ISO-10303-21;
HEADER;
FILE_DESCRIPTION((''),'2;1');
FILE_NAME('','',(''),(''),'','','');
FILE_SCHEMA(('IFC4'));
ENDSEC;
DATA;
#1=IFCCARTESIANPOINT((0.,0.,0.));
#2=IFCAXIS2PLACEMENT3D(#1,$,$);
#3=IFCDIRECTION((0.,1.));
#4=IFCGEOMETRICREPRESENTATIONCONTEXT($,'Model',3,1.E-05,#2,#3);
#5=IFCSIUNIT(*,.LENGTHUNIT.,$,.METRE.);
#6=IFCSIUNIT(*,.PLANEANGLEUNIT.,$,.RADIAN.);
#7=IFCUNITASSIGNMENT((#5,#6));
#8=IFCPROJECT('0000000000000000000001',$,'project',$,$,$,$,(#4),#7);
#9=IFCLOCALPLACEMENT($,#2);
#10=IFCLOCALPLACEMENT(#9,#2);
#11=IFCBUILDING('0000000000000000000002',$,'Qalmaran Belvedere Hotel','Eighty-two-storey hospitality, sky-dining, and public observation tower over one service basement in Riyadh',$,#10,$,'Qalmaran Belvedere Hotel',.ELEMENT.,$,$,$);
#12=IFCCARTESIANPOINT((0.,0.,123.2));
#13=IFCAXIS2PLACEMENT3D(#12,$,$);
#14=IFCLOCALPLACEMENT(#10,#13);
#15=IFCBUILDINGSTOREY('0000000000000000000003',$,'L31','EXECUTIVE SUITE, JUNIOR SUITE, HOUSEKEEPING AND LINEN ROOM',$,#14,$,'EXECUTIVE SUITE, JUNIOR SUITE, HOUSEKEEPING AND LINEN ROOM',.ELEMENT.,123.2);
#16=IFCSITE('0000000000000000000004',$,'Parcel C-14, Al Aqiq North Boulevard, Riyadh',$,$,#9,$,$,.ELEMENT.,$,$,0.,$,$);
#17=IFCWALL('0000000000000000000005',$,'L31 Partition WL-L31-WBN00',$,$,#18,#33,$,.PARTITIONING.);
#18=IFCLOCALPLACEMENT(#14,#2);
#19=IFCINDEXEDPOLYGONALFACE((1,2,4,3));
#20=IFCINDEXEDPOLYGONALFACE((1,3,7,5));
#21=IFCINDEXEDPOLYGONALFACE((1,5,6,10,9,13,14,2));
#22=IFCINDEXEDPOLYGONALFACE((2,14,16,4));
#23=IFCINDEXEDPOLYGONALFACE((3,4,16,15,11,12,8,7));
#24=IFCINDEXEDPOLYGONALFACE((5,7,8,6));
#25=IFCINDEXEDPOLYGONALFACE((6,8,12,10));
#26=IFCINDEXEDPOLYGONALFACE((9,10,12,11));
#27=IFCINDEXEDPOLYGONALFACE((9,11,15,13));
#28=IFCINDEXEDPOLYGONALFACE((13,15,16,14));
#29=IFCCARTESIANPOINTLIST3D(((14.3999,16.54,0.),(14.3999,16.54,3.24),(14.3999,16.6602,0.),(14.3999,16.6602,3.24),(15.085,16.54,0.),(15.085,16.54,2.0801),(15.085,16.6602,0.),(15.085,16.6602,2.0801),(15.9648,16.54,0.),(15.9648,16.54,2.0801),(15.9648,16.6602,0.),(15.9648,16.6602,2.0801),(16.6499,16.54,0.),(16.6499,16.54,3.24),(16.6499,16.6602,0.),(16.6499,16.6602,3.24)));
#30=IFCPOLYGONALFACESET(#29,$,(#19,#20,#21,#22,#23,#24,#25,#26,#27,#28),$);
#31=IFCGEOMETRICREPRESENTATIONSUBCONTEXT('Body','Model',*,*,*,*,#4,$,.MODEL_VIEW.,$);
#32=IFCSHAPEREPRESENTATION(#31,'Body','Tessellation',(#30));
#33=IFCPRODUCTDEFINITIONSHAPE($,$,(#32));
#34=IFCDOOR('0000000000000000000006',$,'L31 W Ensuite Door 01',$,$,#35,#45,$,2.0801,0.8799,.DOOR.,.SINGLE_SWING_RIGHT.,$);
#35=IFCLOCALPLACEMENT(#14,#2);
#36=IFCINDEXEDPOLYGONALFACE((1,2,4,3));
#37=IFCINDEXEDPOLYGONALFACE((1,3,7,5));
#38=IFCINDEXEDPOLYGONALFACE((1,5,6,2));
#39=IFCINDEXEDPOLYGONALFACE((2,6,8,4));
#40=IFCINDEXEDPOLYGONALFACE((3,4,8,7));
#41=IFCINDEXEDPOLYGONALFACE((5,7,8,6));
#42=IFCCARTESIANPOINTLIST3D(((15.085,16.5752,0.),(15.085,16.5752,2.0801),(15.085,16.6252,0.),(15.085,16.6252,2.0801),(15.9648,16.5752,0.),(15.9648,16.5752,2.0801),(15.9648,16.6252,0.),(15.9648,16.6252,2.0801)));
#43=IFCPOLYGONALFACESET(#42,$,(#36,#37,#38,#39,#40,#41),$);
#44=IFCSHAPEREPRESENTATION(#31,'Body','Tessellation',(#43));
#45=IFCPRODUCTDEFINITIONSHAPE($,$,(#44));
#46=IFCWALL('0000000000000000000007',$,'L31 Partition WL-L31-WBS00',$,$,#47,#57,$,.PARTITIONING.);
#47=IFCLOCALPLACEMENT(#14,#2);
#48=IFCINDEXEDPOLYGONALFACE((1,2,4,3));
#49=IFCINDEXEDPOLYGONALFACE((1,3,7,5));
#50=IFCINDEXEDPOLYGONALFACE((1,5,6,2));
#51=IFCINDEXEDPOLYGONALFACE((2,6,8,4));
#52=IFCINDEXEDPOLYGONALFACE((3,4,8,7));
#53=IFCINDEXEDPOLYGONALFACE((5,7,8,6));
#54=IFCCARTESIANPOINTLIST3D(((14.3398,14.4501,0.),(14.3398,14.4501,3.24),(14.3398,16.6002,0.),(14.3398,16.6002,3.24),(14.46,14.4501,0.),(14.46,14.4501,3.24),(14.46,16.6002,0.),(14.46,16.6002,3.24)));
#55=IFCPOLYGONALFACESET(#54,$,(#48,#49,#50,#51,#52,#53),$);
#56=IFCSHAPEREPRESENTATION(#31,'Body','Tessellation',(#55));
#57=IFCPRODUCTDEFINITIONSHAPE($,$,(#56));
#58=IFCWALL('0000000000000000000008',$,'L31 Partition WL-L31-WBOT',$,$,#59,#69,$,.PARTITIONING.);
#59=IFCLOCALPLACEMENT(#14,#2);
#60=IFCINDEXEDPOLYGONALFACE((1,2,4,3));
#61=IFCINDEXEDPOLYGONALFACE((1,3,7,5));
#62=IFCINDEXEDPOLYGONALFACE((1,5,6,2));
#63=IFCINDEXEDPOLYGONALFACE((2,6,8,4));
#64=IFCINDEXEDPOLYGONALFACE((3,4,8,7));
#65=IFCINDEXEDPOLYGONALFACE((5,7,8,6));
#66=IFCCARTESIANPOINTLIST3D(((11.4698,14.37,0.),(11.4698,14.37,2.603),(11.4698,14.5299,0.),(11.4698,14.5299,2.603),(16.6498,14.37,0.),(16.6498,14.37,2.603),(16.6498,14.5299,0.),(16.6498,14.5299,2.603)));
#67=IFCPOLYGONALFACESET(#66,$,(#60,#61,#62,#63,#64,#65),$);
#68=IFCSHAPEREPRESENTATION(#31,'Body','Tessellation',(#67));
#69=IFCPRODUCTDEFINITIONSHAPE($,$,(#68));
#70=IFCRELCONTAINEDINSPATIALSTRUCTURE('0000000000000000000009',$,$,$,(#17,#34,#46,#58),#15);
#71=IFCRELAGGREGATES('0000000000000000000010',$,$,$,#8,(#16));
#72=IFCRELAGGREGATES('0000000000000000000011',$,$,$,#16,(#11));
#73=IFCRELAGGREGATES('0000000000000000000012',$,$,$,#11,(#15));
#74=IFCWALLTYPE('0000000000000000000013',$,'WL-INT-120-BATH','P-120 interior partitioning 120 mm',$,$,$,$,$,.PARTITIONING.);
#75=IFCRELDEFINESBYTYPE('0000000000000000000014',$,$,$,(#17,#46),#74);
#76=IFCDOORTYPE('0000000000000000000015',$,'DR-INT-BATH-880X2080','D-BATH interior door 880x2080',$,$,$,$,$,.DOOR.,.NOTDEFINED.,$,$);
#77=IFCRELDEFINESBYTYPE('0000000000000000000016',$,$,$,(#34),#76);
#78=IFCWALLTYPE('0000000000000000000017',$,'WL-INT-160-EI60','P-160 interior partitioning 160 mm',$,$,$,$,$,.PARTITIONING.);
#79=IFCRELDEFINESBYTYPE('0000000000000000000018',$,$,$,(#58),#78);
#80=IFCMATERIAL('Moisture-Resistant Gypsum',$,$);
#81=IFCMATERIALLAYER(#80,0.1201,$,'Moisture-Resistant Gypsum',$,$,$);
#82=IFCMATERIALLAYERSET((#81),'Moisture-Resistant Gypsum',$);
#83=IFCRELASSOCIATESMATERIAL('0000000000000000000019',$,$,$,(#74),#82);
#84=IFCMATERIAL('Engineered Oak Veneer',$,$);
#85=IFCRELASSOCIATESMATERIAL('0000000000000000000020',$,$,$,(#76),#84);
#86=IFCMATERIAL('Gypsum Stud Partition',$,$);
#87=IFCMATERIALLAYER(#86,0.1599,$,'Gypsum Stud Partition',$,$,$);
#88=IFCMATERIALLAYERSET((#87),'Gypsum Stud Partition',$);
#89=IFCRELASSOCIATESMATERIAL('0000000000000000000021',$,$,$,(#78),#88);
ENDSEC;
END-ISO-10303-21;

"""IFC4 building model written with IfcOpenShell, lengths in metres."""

from ifc_helpers import new_model, si_unit, direction, frame, frame_2d, origin, place, context, subcontext, project, spatial, rectangle, extrude, material, layer, layer_set, type_object, element, fill, save


model = new_model("IFC4")

# Units and contexts
model_context = context("Model", 3, precision=1e-05, world=origin(), true_north=direction((0.0, 1.0)))
body_context = subcontext(model_context, "Body", "Model", "MODEL_VIEW")
ifc_project = project(units=[si_unit("LENGTHUNIT", "METRE"), si_unit("PLANEANGLEUNIT", "RADIAN")], contexts=[model_context])

# Site, building, storey
site_placement = place(None, origin())
site = spatial("IfcSite", under=ifc_project, at=site_placement, Name="Parcel C-14, Al Aqiq North Boulevard, Riyadh", CompositionType="ELEMENT", RefElevation=0.0)
building_placement = place(site_placement, origin())
building = spatial("IfcBuilding", under=site, at=building_placement, Name="Qalmaran Belvedere Hotel", Description="Eighty-two-storey hospitality, sky-dining, and public observation tower over one service basement in Riyadh", LongName="Qalmaran Belvedere Hotel", CompositionType="ELEMENT")
storey_placement = place(building_placement, frame((0.0, 0.0, 123.2)))
storey = spatial("IfcBuildingStorey", under=building, at=storey_placement, Name="L31", Description="EXECUTIVE SUITE, JUNIOR SUITE, HOUSEKEEPING AND LINEN ROOM", LongName="EXECUTIVE SUITE, JUNIOR SUITE, HOUSEKEEPING AND LINEN ROOM", CompositionType="ELEMENT", Elevation=123.2)

# Wall, opening, door
ifc_material_1 = material(Name="Moisture-Resistant Gypsum")
ifc_layer_1 = layer(ifc_material_1, 0.1201, Name="Moisture-Resistant Gypsum")
ifc_layer_set_1 = layer_set([ifc_layer_1], Name="Moisture-Resistant Gypsum")
wall_type_1 = type_object("IfcWallType", Name="WL-INT-120-BATH", Description="P-120 interior partitioning 120 mm", PredefinedType="PARTITIONING", material=ifc_layer_set_1)
wall_1_placement = place(storey_placement, frame((14.3999, 16.6001, 0.0), z_axis=(0.0, 0.0, 1.0), x_axis=(1.0, 0.0, 0.0)))
wall_1 = element("IfcWall", 1, at=wall_1_placement, inside=storey, type_object=wall_type_1, Name="L31 Partition WL-L31-WBN00", PredefinedType="PARTITIONING", context=body_context, shape_type="SweptSolid", body=[
    extrude(rectangle(XDim=2.25, YDim=0.1201, at=frame_2d((1.125, 0.0))), origin(), (0.0, 0.0, 1.0), 3.24),
])
opening_1_placement = place(wall_1_placement, frame((1.5649, 0.0, 0.0), z_axis=(0.0, 0.0, 1.0), x_axis=(-1.0, 0.0, 0.0)))
opening_1 = element("IfcOpeningElement", 2, at=opening_1_placement, cuts=wall_1, PredefinedType="OPENING", context=body_context, shape_type="SweptSolid", body=[
    extrude(rectangle(XDim=0.8799, YDim=2.0801, at=frame_2d((0.4399, 1.04))), frame((0.0, 0.0701, 0.0), z_axis=(0.0, -1.0, 0.0), x_axis=(1.0, 0.0, 0.0)), (0.0, 0.0, 1.0), 0.1401),
])
ifc_material_2 = material(Name="Engineered Oak Veneer")
door_type = type_object("IfcDoorType", Name="DR-INT-BATH-880X2080", Description="D-BATH interior door 880x2080", OperationType="NOTDEFINED", PredefinedType="DOOR", material=ifc_material_2)
door_placement = place(opening_1_placement, origin())
door = element("IfcDoor", 3, at=door_placement, inside=storey, type_object=door_type, Name="L31 W Ensuite Door 01", OperationType="SINGLE_SWING_RIGHT", OverallHeight=2.0801, OverallWidth=0.8799, PredefinedType="DOOR", context=body_context, shape_type="SweptSolid", body=[
    extrude(rectangle(XDim=0.8799, YDim=2.0801, at=frame_2d((0.4399, 1.04))), frame((0.0, 0.0249, 0.0), z_axis=(0.0, -1.0, 0.0), x_axis=(1.0, 0.0, 0.0)), (0.0, 0.0, 1.0), 0.05),
])
fill(opening_1, door)

# Walls
wall_2_placement = place(storey_placement, frame((14.3999, 14.45, 0.0), z_axis=(0.0, 0.0, 1.0), x_axis=(0.0, 1.0, 0.0)))
element("IfcWall", 4, at=wall_2_placement, inside=storey, type_object=wall_type_1, Name="L31 Partition WL-L31-WBS00", PredefinedType="PARTITIONING", context=body_context, shape_type="SweptSolid", body=[
    extrude(rectangle(XDim=2.1501, YDim=0.1201, at=frame_2d((1.0752, 0.0))), origin(), (0.0, 0.0, 1.0), 3.24),
])
ifc_material_3 = material(Name="Gypsum Stud Partition")
ifc_layer_2 = layer(ifc_material_3, 0.1599, Name="Gypsum Stud Partition")
ifc_layer_set_2 = layer_set([ifc_layer_2], Name="Gypsum Stud Partition")
wall_type_2 = type_object("IfcWallType", Name="WL-INT-160-EI60", Description="P-160 interior partitioning 160 mm", PredefinedType="PARTITIONING", material=ifc_layer_set_2)
wall_3_placement = place(storey_placement, frame((11.47, 14.45, 0.0), z_axis=(0.0, 0.0, 1.0), x_axis=(1.0, 0.0, 0.0)))
element("IfcWall", 5, at=wall_3_placement, inside=storey, type_object=wall_type_2, Name="L31 Partition WL-L31-WBOT", PredefinedType="PARTITIONING", context=body_context, shape_type="SweptSolid", body=[
    extrude(rectangle(XDim=5.1799, YDim=0.1599, at=frame_2d((2.5898, 0.0))), origin(), (0.0, 0.0, 1.0), 2.603),
])

save(model, "model.ifc")
